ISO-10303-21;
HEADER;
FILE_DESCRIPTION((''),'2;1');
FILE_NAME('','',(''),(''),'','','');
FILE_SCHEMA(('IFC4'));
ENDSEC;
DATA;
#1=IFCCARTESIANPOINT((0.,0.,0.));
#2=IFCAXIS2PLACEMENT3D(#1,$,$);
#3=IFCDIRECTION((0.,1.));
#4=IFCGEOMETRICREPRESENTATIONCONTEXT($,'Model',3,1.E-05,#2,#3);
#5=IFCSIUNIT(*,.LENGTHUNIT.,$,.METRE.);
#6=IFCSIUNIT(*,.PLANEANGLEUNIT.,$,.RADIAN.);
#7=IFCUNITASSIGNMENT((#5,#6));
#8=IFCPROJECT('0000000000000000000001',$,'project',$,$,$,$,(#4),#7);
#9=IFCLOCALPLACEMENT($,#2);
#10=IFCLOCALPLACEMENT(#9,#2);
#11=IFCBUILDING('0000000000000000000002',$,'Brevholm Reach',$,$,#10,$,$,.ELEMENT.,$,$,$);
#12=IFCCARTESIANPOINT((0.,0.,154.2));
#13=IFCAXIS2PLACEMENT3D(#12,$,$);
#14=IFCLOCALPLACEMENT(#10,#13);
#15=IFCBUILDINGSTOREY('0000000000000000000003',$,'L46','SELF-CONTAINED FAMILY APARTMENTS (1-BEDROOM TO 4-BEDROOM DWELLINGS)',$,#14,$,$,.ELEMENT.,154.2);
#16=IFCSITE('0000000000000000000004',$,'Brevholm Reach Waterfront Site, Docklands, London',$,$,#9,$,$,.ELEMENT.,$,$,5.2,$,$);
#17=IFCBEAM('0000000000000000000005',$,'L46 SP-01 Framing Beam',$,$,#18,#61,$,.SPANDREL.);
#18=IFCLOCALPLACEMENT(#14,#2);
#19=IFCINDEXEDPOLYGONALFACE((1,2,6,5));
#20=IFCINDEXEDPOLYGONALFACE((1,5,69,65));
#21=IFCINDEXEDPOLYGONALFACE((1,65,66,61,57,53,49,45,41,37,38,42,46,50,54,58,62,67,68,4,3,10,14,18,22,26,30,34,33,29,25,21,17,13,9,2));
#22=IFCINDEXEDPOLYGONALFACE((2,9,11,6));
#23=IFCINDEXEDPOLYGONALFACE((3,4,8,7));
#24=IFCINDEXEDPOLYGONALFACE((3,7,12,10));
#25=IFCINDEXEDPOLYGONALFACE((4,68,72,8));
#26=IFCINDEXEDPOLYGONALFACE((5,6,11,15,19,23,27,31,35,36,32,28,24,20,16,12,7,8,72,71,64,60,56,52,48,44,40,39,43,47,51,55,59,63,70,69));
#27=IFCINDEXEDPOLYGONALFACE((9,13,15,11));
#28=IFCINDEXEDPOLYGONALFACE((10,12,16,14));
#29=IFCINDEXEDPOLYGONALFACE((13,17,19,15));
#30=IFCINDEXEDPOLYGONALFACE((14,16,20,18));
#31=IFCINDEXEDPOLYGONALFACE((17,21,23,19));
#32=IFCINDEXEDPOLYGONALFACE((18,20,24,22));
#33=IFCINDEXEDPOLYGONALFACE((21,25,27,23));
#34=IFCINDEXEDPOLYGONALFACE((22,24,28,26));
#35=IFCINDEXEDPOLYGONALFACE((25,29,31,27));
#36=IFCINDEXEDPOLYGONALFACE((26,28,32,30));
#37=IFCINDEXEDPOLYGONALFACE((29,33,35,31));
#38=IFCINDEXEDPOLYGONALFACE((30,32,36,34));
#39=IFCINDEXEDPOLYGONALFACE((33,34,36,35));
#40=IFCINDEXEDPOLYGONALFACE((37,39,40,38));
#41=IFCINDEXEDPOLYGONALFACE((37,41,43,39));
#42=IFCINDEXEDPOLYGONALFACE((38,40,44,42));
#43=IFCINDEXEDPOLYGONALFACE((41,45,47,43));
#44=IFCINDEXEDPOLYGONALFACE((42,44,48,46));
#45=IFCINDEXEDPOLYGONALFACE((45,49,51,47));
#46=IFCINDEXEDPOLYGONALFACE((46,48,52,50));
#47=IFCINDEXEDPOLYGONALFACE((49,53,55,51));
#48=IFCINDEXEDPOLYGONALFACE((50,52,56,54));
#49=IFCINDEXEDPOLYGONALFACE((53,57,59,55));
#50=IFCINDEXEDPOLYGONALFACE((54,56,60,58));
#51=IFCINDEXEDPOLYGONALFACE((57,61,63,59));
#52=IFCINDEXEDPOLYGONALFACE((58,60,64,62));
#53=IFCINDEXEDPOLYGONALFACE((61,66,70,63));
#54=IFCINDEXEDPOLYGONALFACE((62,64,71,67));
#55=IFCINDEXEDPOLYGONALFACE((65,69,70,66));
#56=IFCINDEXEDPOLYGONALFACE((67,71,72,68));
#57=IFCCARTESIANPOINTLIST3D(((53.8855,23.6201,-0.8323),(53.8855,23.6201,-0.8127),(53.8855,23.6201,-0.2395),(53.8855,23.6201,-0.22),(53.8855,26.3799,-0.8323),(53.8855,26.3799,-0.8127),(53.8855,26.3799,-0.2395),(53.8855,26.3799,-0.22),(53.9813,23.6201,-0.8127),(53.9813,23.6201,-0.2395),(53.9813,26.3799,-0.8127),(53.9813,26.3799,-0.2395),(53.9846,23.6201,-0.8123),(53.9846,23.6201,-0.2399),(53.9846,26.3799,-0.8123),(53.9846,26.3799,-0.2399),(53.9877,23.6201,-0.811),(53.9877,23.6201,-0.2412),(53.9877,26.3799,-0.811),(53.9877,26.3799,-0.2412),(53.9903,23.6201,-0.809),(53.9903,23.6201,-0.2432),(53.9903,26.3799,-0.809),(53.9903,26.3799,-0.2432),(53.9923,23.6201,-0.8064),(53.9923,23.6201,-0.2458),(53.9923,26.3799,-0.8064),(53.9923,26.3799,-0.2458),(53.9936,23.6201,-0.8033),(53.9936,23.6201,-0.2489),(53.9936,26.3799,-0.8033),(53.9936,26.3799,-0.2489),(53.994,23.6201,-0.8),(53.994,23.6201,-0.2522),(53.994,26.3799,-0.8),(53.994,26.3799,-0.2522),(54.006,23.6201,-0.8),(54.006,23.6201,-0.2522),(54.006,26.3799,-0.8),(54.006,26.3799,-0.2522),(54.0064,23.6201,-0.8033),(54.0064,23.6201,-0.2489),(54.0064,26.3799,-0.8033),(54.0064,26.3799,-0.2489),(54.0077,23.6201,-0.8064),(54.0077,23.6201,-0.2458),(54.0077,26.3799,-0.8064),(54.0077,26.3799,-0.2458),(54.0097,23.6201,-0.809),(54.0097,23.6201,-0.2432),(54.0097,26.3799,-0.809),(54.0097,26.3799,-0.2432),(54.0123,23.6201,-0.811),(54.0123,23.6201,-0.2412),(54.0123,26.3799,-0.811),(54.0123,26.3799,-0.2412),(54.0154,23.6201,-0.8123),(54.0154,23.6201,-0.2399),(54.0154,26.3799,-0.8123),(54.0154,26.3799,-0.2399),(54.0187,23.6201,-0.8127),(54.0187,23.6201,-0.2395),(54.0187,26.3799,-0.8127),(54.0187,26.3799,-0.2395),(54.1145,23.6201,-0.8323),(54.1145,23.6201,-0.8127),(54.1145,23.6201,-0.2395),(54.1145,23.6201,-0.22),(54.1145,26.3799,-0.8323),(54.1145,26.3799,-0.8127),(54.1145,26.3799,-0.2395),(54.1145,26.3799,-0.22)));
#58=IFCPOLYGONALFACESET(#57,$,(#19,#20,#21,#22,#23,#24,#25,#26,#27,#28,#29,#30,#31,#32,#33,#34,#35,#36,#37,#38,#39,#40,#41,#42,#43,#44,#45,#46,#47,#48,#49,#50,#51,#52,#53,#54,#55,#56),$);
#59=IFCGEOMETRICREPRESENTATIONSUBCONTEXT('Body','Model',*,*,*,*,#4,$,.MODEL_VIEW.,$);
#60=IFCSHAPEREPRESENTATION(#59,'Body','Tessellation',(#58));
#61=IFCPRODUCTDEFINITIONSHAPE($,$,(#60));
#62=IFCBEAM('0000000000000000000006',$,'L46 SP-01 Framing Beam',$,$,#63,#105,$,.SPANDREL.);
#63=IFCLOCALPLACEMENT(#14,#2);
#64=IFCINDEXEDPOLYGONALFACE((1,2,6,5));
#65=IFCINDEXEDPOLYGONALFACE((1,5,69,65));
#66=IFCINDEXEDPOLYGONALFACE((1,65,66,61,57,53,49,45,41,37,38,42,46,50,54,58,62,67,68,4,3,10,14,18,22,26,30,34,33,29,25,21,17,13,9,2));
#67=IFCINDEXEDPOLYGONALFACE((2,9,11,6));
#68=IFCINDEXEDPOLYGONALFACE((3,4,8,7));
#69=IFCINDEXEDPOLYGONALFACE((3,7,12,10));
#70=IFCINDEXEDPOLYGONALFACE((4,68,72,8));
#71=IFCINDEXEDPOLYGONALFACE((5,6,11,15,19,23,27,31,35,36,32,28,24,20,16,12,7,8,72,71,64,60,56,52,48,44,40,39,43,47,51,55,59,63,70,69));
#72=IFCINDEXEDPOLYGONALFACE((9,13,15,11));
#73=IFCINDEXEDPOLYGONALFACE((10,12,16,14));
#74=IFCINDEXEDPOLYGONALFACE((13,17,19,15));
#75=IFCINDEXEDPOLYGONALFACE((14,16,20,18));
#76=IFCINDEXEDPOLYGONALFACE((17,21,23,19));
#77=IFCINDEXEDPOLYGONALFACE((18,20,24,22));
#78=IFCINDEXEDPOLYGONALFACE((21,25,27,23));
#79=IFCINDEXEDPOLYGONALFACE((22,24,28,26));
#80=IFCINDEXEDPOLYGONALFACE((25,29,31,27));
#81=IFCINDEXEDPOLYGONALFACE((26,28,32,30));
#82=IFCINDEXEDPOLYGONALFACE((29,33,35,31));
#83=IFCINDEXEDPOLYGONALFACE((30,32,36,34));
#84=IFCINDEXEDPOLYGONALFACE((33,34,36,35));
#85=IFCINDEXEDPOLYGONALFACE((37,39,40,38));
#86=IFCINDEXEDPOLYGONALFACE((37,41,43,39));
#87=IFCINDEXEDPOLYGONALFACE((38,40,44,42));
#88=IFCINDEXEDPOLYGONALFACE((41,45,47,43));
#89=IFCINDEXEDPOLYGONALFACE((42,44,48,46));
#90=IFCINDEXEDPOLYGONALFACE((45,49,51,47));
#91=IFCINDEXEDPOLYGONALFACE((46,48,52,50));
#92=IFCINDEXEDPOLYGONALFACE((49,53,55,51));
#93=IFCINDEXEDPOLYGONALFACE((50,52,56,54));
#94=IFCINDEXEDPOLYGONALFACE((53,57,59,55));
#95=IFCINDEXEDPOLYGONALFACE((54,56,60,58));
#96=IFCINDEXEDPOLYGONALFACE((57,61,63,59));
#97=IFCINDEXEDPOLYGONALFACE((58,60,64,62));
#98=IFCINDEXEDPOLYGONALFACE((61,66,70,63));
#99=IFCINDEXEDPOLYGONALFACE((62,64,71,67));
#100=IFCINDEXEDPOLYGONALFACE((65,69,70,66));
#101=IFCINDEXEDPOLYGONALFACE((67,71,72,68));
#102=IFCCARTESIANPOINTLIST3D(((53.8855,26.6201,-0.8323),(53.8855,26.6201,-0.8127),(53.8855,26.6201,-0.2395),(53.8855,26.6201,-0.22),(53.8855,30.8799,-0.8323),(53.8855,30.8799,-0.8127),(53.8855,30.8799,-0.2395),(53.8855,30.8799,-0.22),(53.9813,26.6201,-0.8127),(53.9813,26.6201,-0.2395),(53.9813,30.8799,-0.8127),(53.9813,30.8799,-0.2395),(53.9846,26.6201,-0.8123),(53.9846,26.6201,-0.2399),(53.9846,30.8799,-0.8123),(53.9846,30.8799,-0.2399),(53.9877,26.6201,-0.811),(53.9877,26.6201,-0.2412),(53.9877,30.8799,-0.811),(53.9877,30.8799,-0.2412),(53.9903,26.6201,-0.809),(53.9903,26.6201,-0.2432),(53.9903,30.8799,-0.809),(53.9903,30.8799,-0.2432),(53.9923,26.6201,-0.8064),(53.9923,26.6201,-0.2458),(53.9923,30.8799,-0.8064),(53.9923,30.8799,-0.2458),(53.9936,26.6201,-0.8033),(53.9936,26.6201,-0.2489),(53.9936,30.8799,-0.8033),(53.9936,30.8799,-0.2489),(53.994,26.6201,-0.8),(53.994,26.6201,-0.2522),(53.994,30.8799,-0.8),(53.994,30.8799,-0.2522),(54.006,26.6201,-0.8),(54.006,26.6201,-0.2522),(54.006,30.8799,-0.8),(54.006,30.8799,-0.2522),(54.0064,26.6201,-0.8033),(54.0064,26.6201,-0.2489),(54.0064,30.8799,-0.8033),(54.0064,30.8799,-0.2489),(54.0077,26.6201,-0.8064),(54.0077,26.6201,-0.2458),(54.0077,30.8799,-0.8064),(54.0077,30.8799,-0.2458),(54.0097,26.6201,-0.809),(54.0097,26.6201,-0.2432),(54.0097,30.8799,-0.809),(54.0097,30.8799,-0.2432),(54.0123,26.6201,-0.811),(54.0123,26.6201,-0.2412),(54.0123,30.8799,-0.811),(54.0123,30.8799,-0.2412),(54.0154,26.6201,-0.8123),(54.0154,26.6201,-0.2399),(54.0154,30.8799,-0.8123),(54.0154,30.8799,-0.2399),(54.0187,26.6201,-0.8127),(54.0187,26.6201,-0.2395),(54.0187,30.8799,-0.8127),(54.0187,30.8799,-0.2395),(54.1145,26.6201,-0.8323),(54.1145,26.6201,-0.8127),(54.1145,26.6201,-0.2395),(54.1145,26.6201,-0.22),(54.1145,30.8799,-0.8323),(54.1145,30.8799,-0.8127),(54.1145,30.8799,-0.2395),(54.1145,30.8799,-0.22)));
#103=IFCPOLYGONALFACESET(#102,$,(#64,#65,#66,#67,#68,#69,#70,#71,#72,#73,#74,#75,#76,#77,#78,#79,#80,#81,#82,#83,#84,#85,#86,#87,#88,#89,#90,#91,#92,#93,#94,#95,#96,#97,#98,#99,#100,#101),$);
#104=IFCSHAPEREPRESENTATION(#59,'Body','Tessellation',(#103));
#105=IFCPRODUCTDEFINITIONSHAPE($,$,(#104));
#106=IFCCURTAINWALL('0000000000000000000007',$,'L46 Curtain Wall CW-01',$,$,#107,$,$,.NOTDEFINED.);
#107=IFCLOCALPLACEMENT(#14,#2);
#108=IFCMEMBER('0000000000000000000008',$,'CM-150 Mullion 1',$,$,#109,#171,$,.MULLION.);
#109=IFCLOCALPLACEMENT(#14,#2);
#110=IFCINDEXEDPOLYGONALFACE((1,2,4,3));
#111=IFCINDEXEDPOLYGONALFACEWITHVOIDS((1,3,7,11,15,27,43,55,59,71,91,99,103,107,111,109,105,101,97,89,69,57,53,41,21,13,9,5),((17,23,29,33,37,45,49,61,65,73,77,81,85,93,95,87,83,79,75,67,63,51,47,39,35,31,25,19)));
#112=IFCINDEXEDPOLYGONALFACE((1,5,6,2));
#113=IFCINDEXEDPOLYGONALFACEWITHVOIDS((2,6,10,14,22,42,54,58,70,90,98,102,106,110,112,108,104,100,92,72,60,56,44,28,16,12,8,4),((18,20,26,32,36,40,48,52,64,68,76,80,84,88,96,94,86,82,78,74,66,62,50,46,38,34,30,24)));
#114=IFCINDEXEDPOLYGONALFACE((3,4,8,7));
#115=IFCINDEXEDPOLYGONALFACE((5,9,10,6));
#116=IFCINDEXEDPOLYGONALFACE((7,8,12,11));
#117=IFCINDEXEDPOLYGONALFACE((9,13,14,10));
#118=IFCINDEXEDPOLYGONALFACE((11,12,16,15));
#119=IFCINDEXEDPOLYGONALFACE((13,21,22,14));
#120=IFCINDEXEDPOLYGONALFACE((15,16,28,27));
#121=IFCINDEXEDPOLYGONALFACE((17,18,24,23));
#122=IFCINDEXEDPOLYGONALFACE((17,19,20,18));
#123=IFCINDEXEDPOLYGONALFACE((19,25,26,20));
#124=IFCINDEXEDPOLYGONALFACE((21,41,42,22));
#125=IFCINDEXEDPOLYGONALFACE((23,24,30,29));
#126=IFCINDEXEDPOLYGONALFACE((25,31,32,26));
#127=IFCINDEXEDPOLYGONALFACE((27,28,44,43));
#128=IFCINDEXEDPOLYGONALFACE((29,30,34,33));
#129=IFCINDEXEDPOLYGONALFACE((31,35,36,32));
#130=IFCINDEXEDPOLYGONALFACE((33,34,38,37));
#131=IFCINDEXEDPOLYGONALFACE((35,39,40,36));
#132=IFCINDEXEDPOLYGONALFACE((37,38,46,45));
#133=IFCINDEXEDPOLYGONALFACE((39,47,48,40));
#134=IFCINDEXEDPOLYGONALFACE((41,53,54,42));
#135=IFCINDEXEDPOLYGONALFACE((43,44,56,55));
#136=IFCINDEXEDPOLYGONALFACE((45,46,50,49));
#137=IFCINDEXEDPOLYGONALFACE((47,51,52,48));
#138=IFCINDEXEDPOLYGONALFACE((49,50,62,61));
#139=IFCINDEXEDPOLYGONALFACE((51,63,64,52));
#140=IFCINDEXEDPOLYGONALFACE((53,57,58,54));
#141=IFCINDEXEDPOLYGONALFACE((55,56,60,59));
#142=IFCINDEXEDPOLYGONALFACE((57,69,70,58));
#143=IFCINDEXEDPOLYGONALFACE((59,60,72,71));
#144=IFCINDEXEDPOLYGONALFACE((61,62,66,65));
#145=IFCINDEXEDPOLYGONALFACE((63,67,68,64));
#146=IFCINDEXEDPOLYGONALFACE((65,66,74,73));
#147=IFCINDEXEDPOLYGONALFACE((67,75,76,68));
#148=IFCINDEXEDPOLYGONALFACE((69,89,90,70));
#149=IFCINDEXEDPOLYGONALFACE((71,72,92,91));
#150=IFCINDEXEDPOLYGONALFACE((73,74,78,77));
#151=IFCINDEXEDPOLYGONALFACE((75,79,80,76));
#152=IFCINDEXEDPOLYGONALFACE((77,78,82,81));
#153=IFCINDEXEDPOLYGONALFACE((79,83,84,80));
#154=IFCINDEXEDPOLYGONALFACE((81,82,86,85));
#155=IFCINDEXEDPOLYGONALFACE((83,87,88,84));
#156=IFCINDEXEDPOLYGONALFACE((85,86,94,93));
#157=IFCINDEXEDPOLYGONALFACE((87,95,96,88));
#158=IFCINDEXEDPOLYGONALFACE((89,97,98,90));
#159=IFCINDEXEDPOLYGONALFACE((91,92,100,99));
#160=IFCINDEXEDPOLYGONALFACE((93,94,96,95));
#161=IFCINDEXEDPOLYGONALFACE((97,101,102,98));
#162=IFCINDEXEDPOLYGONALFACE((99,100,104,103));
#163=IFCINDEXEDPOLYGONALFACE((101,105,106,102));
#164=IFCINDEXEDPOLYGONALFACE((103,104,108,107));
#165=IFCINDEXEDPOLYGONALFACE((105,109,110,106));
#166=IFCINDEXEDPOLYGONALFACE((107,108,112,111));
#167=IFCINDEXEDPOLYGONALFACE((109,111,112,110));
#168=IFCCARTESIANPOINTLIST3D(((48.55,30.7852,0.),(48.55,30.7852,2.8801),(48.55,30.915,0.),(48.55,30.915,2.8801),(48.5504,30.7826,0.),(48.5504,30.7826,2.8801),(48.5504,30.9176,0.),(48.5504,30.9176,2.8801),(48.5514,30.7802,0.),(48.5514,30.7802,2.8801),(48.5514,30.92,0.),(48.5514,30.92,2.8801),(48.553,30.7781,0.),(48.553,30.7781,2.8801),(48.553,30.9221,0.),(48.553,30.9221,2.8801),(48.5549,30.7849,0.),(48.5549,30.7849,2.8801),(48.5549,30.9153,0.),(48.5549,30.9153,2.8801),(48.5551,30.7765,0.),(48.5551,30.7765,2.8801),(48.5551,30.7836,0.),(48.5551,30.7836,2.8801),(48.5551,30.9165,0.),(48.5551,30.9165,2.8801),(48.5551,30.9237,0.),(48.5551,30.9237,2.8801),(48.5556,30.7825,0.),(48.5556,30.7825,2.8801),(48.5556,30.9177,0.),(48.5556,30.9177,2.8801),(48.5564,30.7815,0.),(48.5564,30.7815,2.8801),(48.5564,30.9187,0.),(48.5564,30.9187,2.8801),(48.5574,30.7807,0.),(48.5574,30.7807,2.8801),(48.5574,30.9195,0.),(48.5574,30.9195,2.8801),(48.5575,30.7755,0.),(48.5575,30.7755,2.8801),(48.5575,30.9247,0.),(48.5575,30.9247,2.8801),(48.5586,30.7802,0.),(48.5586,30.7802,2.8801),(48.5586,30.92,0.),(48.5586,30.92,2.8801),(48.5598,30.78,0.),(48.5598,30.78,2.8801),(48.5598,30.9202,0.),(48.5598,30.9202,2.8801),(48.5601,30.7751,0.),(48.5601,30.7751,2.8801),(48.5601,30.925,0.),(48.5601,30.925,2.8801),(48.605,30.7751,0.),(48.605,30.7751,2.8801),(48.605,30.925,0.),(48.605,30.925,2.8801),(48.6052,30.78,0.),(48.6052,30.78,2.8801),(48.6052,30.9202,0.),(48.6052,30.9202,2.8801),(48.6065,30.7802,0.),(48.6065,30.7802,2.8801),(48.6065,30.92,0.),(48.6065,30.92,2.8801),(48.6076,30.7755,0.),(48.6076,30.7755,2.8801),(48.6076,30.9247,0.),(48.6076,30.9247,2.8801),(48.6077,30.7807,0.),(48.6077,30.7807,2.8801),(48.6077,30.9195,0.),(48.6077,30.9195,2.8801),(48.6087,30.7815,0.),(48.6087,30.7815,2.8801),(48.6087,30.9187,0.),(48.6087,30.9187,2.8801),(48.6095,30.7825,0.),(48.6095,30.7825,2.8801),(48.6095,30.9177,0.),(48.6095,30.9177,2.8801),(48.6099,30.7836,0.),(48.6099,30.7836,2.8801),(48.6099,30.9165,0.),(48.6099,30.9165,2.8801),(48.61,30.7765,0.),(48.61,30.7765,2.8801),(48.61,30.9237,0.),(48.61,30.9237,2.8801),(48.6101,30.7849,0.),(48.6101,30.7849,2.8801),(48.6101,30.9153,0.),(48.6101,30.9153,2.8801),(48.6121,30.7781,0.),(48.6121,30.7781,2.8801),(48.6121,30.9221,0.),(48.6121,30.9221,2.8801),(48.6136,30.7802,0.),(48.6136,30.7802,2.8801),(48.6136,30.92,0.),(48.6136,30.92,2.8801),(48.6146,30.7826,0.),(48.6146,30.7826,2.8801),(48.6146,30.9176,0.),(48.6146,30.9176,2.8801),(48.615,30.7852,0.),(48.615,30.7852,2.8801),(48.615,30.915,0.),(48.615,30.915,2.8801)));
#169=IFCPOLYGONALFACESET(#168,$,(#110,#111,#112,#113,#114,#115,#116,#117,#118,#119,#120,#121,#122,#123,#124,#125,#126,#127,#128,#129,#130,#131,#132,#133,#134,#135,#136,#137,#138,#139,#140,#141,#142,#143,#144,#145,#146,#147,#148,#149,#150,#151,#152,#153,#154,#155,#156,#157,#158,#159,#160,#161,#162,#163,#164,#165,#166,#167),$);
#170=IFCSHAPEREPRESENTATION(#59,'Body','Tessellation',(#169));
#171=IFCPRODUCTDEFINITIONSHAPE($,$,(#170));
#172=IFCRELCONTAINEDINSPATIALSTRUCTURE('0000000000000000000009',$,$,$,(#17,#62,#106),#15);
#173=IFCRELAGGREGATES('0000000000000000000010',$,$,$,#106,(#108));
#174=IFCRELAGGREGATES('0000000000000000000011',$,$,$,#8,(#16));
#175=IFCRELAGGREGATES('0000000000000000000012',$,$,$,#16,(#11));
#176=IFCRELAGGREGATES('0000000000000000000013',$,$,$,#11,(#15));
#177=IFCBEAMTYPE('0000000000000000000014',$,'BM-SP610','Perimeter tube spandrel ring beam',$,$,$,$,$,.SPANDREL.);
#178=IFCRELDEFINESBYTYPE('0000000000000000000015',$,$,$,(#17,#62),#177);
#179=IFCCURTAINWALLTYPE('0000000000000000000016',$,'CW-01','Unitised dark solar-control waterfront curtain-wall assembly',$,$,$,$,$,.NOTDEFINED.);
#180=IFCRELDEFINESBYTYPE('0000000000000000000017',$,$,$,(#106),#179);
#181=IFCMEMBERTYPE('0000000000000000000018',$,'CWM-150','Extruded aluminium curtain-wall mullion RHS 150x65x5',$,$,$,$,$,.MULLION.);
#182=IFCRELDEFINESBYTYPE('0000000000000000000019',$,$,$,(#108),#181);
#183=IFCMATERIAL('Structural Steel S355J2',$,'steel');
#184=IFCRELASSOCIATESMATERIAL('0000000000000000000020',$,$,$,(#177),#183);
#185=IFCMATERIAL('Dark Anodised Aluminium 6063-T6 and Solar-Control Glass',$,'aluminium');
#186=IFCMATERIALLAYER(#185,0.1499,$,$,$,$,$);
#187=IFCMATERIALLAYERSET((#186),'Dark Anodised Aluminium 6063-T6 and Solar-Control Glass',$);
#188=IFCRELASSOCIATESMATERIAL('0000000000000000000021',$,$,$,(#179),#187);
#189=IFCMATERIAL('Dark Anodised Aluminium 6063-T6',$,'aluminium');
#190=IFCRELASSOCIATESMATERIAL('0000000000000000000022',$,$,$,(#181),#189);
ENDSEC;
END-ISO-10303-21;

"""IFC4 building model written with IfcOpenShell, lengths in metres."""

from ifc_helpers import new_model, si_unit, direction, frame, origin, origin_2d, place, context, subcontext, project, spatial, hollow_rectangle, i_section, extrude, material, layer, layer_set, material_profile, profile_set, type_object, element, aggregate, save


model = new_model("IFC4")

# Units and contexts
model_context = context("Model", 3, precision=1e-05, world=origin(), true_north=direction((0.0, 1.0)))
body_context = subcontext(model_context, "Body", "Model", "MODEL_VIEW")
ifc_project = project(units=[si_unit("LENGTHUNIT", "METRE"), si_unit("PLANEANGLEUNIT", "RADIAN")], contexts=[model_context])

# Site, building, storey
site_placement = place(None, origin())
site = spatial("IfcSite", under=ifc_project, at=site_placement, Name="Brevholm Reach Waterfront Site, Docklands, London", CompositionType="ELEMENT", RefElevation=5.2)
building_placement = place(site_placement, origin())
building = spatial("IfcBuilding", under=site, at=building_placement, Name="Brevholm Reach", CompositionType="ELEMENT")
storey_placement = place(building_placement, frame((0.0, 0.0, 154.2)))
storey = spatial("IfcBuildingStorey", under=building, at=storey_placement, Name="L46", Description="SELF-CONTAINED FAMILY APARTMENTS (1-BEDROOM TO 4-BEDROOM DWELLINGS)", CompositionType="ELEMENT", Elevation=154.2)

# Beams
ifc_material_1 = material(Name="Structural Steel S355J2", Category="steel")
ifc_material_profile_1 = material_profile(ifc_material_1, i_section(OverallWidth=0.229, OverallDepth=0.6123, WebThickness=0.012, FlangeThickness=0.0195, FilletRadius=0.0127, at=origin_2d()), Name="UKB 610x229x125")
ifc_profile_set_1 = profile_set([ifc_material_profile_1], Name="Structural Steel S355J2")
beam_type_1 = type_object("IfcBeamType", Name="BM-SP610", Description="Perimeter tube spandrel ring beam", PredefinedType="SPANDREL", material=ifc_profile_set_1)
beam_1_placement = place(storey_placement, frame((54.0, 23.6201, -0.5261), z_axis=(0.0, 1.0, 0.0), x_axis=(-1.0, 0.0, 0.0)))
element("IfcBeam", 1, at=beam_1_placement, inside=storey, type_object=beam_type_1, Name="L46 SP-01 Framing Beam", PredefinedType="SPANDREL", context=body_context, shape_type="SweptSolid", body=[
    extrude(i_section(OverallWidth=0.229, OverallDepth=0.6123, WebThickness=0.012, FlangeThickness=0.0195, FilletRadius=0.0127, at=origin_2d()), origin(), (0.0, 0.0, 1.0), 2.7598),
])
beam_2_placement = place(storey_placement, frame((54.0, 26.6201, -0.5261), z_axis=(0.0, 1.0, 0.0), x_axis=(-1.0, 0.0, 0.0)))
element("IfcBeam", 2, at=beam_2_placement, inside=storey, type_object=beam_type_1, Name="L46 SP-01 Framing Beam", PredefinedType="SPANDREL", context=body_context, shape_type="SweptSolid", body=[
    extrude(i_section(OverallWidth=0.229, OverallDepth=0.6123, WebThickness=0.012, FlangeThickness=0.0195, FilletRadius=0.0127, at=origin_2d()), origin(), (0.0, 0.0, 1.0), 4.2598),
])

# Curtain wall, member
ifc_material_2 = material(Name="Dark Anodised Aluminium 6063-T6 and Solar-Control Glass", Category="aluminium")
ifc_layer_1 = layer(ifc_material_2, 0.1499)
ifc_layer_set_1 = layer_set([ifc_layer_1], Name="Dark Anodised Aluminium 6063-T6 and Solar-Control Glass")
curtain_wall_type = type_object("IfcCurtainWallType", Name="CW-01", Description="Unitised dark solar-control waterfront curtain-wall assembly", PredefinedType="NOTDEFINED", material=ifc_layer_set_1)
curtain_wall_placement = place(storey_placement, origin())
curtain_wall = element("IfcCurtainWall", 3, at=curtain_wall_placement, inside=storey, type_object=curtain_wall_type, Name="L46 Curtain Wall CW-01", PredefinedType="NOTDEFINED")
ifc_material_3 = material(Name="Dark Anodised Aluminium 6063-T6", Category="aluminium")
ifc_material_profile_2 = material_profile(ifc_material_3, hollow_rectangle(XDim=0.0649, YDim=0.1499, WallThickness=0.0049, InnerFilletRadius=0.0049, OuterFilletRadius=0.01, at=origin_2d()), Name="RHS 150x65x5")
ifc_profile_set_2 = profile_set([ifc_material_profile_2], Name="Dark Anodised Aluminium 6063-T6")
member_type_1 = type_object("IfcMemberType", Name="CWM-150", Description="Extruded aluminium curtain-wall mullion RHS 150x65x5", PredefinedType="MULLION", material=ifc_profile_set_2)
member_1_placement = place(storey_placement, frame((48.5825, 30.8501, 0.0), z_axis=(0.0, 0.0, 1.0), x_axis=(1.0, 0.0, 0.0)))
member_1 = element("IfcMember", 4, at=member_1_placement, type_object=member_type_1, Name="CM-150 Mullion 1", PredefinedType="MULLION", context=body_context, shape_type="SweptSolid", body=[
    extrude(hollow_rectangle(XDim=0.0649, YDim=0.1499, WallThickness=0.0049, InnerFilletRadius=0.0049, OuterFilletRadius=0.01, at=origin_2d()), origin(), (0.0, 0.0, 1.0), 2.8801),
])
aggregate(curtain_wall, [member_1])

save(model, "model.ifc")
